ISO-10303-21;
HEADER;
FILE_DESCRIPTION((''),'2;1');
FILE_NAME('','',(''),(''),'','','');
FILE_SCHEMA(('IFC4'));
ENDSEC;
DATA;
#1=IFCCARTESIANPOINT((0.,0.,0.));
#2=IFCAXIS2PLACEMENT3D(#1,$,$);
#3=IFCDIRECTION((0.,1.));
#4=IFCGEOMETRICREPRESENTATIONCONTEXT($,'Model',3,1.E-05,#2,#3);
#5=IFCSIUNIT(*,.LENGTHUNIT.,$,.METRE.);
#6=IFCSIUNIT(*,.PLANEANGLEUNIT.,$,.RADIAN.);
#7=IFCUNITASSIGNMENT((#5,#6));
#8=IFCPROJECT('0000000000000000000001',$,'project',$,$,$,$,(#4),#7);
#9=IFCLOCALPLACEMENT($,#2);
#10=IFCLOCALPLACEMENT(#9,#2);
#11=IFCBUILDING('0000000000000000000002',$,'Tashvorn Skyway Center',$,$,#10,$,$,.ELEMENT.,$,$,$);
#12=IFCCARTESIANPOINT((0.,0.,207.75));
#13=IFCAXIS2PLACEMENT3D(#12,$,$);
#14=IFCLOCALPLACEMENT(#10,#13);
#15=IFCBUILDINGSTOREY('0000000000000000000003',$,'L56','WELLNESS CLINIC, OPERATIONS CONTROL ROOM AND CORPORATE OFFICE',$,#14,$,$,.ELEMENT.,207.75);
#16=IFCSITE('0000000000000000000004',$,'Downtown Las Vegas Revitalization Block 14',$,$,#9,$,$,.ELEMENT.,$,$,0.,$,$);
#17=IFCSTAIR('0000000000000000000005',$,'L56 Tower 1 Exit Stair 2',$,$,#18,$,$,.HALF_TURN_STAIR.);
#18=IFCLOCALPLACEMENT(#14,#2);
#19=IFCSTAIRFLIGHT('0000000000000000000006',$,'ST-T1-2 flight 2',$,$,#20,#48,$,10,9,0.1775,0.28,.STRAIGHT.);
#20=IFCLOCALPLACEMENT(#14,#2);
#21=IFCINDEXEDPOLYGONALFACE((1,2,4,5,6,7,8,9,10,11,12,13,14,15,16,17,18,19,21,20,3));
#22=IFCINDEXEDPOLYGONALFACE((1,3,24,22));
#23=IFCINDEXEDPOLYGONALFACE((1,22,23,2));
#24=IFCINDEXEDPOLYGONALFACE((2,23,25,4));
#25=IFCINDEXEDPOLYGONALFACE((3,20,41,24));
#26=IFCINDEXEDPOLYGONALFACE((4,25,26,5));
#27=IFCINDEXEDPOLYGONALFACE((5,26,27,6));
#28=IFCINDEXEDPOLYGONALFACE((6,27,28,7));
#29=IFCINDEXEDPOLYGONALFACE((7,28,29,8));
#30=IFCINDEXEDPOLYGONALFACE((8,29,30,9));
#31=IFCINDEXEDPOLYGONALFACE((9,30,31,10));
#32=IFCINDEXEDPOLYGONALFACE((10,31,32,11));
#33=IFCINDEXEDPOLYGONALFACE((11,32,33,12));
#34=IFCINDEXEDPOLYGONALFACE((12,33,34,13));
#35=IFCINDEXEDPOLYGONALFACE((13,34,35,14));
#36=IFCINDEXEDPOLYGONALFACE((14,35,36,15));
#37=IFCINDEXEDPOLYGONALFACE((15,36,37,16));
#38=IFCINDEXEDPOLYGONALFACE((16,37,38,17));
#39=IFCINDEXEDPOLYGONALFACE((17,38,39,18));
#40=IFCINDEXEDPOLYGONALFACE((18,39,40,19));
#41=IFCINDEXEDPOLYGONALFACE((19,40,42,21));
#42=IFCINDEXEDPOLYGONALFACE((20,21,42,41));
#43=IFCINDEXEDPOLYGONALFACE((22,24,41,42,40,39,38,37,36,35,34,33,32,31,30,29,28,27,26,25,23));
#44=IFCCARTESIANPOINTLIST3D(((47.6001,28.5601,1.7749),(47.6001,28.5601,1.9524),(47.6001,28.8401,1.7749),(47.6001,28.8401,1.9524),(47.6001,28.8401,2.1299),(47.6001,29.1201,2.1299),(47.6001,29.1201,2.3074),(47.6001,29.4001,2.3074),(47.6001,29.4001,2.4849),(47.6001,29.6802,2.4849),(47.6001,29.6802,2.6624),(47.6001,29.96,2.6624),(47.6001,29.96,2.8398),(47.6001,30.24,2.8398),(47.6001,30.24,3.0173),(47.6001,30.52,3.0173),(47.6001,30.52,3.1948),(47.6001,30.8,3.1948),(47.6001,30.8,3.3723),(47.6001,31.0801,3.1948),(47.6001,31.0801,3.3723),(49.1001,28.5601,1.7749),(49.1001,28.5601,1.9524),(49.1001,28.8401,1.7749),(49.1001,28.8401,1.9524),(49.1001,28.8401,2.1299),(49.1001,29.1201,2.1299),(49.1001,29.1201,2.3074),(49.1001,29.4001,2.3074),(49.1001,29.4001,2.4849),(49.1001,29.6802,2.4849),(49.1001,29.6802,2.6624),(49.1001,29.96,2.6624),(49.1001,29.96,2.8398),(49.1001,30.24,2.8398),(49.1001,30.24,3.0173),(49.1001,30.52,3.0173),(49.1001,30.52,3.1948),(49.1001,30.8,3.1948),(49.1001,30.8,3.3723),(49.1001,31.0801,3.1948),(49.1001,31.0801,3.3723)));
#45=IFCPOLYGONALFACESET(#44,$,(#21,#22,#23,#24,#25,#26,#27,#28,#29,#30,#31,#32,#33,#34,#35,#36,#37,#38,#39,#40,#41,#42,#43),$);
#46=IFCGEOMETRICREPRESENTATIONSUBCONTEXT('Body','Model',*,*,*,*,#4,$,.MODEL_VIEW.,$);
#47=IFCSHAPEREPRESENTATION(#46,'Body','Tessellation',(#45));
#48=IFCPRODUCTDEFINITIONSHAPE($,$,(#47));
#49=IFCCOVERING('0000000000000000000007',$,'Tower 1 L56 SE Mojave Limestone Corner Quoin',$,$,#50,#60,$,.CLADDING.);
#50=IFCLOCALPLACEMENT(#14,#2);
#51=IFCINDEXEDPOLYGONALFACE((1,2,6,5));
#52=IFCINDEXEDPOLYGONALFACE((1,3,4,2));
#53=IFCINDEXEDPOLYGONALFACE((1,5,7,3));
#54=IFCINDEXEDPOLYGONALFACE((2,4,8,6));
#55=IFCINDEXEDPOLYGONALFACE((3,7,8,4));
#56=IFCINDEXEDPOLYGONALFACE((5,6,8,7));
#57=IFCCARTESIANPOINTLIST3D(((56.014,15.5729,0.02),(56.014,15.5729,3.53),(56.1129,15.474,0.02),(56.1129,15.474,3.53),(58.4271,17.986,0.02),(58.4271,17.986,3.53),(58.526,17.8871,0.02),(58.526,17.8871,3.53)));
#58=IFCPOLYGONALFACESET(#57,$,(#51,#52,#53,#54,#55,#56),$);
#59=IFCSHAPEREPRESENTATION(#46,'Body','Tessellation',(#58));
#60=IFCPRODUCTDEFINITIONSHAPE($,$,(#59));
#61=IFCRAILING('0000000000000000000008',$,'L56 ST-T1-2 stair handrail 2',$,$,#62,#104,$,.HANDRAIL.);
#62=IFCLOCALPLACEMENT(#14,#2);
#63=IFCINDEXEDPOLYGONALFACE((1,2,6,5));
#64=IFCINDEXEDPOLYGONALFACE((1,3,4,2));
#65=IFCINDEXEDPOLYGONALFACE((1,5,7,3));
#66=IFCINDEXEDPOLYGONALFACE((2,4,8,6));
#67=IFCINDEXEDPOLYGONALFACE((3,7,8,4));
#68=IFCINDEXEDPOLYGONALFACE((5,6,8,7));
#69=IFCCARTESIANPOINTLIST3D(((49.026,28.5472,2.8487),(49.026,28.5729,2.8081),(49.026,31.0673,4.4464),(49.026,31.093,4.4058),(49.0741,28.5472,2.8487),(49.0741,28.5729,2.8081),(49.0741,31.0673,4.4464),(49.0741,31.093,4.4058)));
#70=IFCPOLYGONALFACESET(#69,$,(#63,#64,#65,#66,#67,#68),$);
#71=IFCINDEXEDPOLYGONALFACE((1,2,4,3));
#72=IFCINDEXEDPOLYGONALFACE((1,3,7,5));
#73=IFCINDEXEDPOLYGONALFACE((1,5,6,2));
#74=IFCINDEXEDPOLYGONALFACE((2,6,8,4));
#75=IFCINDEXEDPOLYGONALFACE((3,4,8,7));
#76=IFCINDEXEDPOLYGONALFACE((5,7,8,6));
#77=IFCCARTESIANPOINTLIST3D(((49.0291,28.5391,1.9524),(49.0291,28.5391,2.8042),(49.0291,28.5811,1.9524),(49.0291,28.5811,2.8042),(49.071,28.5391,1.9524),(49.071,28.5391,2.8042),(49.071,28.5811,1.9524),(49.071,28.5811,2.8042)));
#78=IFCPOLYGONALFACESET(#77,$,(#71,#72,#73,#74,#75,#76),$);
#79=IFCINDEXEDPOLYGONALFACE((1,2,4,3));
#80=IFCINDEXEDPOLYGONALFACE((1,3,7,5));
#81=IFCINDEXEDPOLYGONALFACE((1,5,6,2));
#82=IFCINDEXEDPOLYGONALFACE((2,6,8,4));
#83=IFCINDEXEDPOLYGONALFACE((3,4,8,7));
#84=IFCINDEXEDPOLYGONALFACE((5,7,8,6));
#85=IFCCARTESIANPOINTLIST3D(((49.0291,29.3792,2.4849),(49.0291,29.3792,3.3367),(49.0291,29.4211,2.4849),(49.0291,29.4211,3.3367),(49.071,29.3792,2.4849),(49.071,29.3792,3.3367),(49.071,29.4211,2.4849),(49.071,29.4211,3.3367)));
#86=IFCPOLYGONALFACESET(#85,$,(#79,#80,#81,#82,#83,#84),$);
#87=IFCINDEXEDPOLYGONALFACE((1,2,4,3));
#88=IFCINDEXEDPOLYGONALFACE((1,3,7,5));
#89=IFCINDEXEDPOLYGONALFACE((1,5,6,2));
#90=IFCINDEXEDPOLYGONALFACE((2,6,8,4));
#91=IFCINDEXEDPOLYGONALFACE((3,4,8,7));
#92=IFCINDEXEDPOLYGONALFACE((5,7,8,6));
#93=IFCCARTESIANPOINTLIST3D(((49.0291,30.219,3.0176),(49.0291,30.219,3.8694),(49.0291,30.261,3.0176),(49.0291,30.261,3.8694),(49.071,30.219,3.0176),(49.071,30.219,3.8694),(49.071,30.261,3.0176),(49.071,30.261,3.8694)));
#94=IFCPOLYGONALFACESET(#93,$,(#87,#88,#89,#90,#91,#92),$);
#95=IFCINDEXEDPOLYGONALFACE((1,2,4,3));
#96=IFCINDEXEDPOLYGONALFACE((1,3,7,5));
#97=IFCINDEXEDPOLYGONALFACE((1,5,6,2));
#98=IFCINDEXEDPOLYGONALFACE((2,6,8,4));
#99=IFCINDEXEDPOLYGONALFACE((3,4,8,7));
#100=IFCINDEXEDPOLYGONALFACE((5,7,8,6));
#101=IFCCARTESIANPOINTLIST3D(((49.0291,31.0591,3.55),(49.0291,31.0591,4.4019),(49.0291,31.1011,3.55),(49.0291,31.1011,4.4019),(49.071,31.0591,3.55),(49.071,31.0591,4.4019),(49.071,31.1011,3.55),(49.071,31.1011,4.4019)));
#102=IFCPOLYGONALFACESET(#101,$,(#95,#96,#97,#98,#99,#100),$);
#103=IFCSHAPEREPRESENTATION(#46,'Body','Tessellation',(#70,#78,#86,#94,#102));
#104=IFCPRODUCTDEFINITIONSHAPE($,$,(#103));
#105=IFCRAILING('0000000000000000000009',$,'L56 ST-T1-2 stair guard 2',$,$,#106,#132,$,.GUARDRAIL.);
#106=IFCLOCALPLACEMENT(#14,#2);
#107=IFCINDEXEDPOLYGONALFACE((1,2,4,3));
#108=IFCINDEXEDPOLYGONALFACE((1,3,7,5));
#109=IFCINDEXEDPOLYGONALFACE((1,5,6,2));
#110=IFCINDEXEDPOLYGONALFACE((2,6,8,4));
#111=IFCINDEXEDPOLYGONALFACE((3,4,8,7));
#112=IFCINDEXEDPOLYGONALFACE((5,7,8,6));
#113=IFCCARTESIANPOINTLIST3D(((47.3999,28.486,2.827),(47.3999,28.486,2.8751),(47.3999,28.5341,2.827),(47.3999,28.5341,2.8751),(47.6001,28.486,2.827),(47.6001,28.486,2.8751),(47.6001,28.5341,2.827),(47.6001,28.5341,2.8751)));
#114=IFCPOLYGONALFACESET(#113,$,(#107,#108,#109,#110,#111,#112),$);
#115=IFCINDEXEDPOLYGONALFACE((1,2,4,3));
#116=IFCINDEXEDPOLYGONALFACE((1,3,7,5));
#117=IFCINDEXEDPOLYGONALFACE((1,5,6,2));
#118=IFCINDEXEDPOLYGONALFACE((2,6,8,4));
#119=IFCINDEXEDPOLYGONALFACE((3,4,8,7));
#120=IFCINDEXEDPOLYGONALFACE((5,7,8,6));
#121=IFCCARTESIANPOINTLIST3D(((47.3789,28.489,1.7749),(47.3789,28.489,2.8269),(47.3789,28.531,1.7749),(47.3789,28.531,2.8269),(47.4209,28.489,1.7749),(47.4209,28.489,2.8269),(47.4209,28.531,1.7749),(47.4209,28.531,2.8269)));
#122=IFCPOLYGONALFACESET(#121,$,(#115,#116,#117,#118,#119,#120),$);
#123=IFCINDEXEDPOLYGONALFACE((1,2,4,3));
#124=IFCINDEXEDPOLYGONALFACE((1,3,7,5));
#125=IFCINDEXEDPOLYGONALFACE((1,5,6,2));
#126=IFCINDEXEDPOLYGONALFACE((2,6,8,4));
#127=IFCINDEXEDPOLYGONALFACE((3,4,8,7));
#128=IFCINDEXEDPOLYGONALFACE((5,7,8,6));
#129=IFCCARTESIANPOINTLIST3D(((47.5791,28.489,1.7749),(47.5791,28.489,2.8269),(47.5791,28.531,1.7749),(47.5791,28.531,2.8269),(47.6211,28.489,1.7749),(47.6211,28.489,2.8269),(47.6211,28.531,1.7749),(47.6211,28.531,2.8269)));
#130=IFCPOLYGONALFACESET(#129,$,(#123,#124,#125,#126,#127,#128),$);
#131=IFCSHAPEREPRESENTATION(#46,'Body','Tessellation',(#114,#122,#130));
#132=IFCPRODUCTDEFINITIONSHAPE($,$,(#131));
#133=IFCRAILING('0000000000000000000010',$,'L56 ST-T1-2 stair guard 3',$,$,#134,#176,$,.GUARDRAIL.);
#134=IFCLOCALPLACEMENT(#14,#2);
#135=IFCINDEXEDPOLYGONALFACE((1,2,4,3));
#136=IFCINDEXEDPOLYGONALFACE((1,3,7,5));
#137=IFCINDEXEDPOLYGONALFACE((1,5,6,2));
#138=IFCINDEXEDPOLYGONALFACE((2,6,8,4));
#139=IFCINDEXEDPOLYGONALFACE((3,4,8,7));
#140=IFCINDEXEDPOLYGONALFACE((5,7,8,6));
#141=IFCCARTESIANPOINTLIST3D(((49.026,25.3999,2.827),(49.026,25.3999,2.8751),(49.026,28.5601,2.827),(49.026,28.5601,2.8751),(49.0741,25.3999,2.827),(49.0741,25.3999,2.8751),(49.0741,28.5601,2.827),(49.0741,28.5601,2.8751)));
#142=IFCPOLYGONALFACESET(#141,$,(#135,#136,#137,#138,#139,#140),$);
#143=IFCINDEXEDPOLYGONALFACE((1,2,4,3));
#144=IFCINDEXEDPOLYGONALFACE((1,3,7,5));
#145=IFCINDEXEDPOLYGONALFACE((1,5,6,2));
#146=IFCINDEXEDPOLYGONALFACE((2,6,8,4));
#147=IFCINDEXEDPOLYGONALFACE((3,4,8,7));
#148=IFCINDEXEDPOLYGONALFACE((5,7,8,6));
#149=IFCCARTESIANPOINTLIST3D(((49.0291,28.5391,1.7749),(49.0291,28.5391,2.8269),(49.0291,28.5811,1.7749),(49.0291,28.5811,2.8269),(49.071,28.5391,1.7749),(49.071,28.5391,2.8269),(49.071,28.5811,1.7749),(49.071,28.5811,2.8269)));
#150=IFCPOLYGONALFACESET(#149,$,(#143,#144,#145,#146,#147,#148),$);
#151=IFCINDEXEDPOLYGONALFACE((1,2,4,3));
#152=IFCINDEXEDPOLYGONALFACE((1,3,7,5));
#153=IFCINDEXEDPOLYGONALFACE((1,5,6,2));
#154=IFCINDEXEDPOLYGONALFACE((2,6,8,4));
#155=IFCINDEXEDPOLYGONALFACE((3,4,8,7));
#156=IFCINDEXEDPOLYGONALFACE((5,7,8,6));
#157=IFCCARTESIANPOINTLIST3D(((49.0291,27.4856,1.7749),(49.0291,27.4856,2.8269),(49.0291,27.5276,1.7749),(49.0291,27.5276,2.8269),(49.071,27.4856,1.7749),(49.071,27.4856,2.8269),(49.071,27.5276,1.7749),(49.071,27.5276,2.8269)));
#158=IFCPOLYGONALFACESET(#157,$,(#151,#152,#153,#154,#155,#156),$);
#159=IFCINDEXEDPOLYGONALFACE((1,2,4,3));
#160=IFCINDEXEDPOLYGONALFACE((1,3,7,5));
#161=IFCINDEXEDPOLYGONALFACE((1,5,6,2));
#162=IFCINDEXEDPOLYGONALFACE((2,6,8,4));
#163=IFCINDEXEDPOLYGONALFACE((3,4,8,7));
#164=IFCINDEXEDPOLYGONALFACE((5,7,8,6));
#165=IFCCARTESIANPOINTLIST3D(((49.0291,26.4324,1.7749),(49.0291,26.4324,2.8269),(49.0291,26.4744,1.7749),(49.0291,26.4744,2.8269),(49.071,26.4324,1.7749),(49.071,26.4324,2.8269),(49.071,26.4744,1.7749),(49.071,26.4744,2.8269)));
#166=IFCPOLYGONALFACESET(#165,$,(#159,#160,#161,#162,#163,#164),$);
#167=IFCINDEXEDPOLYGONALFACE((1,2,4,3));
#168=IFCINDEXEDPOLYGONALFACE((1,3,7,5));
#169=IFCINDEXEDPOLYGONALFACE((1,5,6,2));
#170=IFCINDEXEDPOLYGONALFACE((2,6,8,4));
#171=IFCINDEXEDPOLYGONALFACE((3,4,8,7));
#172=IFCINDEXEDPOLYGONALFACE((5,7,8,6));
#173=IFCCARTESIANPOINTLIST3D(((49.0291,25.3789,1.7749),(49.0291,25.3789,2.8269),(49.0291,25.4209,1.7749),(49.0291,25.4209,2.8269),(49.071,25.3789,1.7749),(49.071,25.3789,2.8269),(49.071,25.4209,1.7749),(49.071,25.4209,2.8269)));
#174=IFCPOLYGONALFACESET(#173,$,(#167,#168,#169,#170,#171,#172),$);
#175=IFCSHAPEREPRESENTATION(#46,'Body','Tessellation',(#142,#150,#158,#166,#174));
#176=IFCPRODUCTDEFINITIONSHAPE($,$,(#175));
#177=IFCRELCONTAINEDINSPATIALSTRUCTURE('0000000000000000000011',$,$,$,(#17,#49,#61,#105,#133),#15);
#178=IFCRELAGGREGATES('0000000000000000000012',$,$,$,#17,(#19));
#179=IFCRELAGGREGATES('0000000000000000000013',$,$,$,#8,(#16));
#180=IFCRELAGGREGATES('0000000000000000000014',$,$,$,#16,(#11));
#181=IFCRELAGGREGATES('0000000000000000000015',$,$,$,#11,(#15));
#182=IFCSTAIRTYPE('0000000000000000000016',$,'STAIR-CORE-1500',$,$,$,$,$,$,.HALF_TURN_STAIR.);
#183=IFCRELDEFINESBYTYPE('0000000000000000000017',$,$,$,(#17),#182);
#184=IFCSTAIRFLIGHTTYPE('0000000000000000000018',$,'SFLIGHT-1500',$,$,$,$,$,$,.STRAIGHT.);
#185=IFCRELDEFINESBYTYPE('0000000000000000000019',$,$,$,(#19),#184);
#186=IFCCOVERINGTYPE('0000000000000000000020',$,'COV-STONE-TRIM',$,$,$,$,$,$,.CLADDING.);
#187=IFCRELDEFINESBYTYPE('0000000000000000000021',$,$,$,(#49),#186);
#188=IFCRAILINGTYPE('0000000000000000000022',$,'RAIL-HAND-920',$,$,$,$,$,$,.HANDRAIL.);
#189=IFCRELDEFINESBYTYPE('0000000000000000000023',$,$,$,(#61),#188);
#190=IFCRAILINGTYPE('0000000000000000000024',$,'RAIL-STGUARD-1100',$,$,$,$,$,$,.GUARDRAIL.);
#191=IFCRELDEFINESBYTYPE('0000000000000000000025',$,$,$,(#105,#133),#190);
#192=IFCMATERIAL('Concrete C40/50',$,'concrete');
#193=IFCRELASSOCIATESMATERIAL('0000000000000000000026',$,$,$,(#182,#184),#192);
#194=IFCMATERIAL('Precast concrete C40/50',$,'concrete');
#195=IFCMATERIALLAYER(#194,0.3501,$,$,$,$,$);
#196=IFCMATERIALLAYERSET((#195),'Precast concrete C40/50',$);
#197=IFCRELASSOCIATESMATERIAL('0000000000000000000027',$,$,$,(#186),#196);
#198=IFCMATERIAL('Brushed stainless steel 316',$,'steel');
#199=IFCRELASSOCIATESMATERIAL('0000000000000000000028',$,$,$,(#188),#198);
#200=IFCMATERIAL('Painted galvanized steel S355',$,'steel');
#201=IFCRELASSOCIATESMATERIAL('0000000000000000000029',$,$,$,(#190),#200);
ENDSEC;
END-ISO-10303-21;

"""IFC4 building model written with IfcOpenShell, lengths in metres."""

from ifc_helpers import new_model, si_unit, direction, frame, origin, origin_2d, place, context, subcontext, project, spatial, polyline, rectangle, outline, extrude, material, layer, layer_set, type_object, element, aggregate, save


model = new_model("IFC4")

# Units and contexts
model_context = context("Model", 3, precision=1e-05, world=origin(), true_north=direction((0.0, 1.0)))
body_context = subcontext(model_context, "Body", "Model", "MODEL_VIEW")
ifc_project = project(units=[si_unit("LENGTHUNIT", "METRE"), si_unit("PLANEANGLEUNIT", "RADIAN")], contexts=[model_context])

# Site, building, storey
site_placement = place(None, origin())
site = spatial("IfcSite", under=ifc_project, at=site_placement, Name="Downtown Las Vegas Revitalization Block 14", CompositionType="ELEMENT", RefElevation=0.0)
building_placement = place(site_placement, origin())
building = spatial("IfcBuilding", under=site, at=building_placement, Name="Tashvorn Skyway Center", CompositionType="ELEMENT")
storey_placement = place(building_placement, frame((0.0, 0.0, 207.75)))
storey = spatial("IfcBuildingStorey", under=building, at=storey_placement, Name="L56", Description="WELLNESS CLINIC, OPERATIONS CONTROL ROOM AND CORPORATE OFFICE", CompositionType="ELEMENT", Elevation=207.75)

# Stair, stair flight
ifc_material_1 = material(Name="Concrete C40/50", Category="concrete")
stair_type = type_object("IfcStairType", Name="STAIR-CORE-1500", PredefinedType="HALF_TURN_STAIR", material=ifc_material_1)
stair_placement = place(storey_placement, origin())
stair = element("IfcStair", 1, at=stair_placement, inside=storey, type_object=stair_type, Name="L56 Tower 1 Exit Stair 2", PredefinedType="HALF_TURN_STAIR")
stair_flight_type = type_object("IfcStairFlightType", Name="SFLIGHT-1500", PredefinedType="STRAIGHT", material=ifc_material_1)
stair_flight_placement = place(storey_placement, frame((48.3501, 28.5601, 1.7749), z_axis=(0.0, 0.0, 1.0), x_axis=(0.0, 1.0, 0.0)))
stair_flight = element("IfcStairFlight", 2, at=stair_flight_placement, type_object=stair_flight_type, Name="ST-T1-2 flight 2", NumberOfRisers=10, NumberOfTreads=9, PredefinedType="STRAIGHT", RiserHeight=0.1775, TreadLength=0.28, context=body_context, shape_type="SweptSolid", body=[
    extrude(outline(polyline([(0.0, 0.0), (0.0, 0.1775), (0.28, 0.1775), (0.28, 0.355), (0.5601, 0.355), (0.5601, 0.5325), (0.8401, 0.5325), (0.8401, 0.71), (1.1201, 0.71), (1.1201, 0.8875), (1.3999, 0.8875), (1.3999, 1.0649), (1.6799, 1.0649), (1.6799, 1.2424), (1.96, 1.2424), (1.96, 1.4199), (2.24, 1.4199), (2.24, 1.5974), (2.52, 1.5974), (2.52, 1.7749), (2.52, 1.4199), (0.28, 0.0), (0.0, 0.0)])), frame((0.0, 0.75, 0.0), z_axis=(0.0, -1.0, 0.0), x_axis=(1.0, 0.0, 0.0)), (0.0, 0.0, 1.0), 1.5),
])
aggregate(stair, [stair_flight])

# Covering
ifc_material_2 = material(Name="Precast concrete C40/50", Category="concrete")
ifc_layer_1 = layer(ifc_material_2, 0.3501)
ifc_layer_set_1 = layer_set([ifc_layer_1], Name="Precast concrete C40/50")
covering_type = type_object("IfcCoveringType", Name="COV-STONE-TRIM", PredefinedType="CLADDING", material=ifc_layer_set_1)
covering_placement = place(storey_placement, frame((57.27, 16.73, 0.02), z_axis=(0.0, 0.0, 1.0), x_axis=(0.707107, 0.707107, 0.0)))
element("IfcCovering", 3, at=covering_placement, inside=storey, type_object=covering_type, Name="Tower 1 L56 SE Mojave Limestone Corner Quoin", PredefinedType="CLADDING", context=body_context, shape_type="SweptSolid", body=[
    extrude(rectangle(XDim=3.4126, YDim=0.1399, at=origin_2d()), origin(), (0.0, 0.0, 1.0), 3.51),
])

# Railings
ifc_material_3 = material(Name="Brushed stainless steel 316", Category="steel")
railing_type_1 = type_object("IfcRailingType", Name="RAIL-HAND-920", PredefinedType="HANDRAIL", material=ifc_material_3)
railing_1_placement = place(storey_placement, frame((49.05, 28.5601, 1.9524)))
element("IfcRailing", 4, at=railing_1_placement, inside=storey, type_object=railing_type_1, Name="L56 ST-T1-2 stair handrail 2", PredefinedType="HANDRAIL", context=body_context, shape_type="SweptSolid", body=[
    extrude(rectangle(XDim=0.0481, YDim=0.0481, at=origin_2d()), frame((0.0, 0.0, 0.876), z_axis=(0.0, 0.84457, 0.535445), x_axis=(-1.0, 0.0, 0.0)), (0.0, 0.0, 1.0), 2.9839),
    extrude(rectangle(XDim=0.042, YDim=0.042, at=origin_2d()), origin(), (0.0, 0.0, 1.0), 0.8518),
    extrude(rectangle(XDim=0.042, YDim=0.042, at=origin_2d()), frame((0.0, 0.8401, 0.5325)), (0.0, 0.0, 1.0), 0.8518),
    extrude(rectangle(XDim=0.042, YDim=0.042, at=origin_2d()), frame((0.0, 1.6799, 1.0652)), (0.0, 0.0, 1.0), 0.8518),
    extrude(rectangle(XDim=0.042, YDim=0.042, at=origin_2d()), frame((0.0, 2.52, 1.5977)), (0.0, 0.0, 1.0), 0.8518),
])
ifc_material_4 = material(Name="Painted galvanized steel S355", Category="steel")
railing_type_2 = type_object("IfcRailingType", Name="RAIL-STGUARD-1100", PredefinedType="GUARDRAIL", material=ifc_material_4)
railing_2_placement = place(storey_placement, frame((47.3999, 28.51, 1.7749)))
element("IfcRailing", 5, at=railing_2_placement, inside=storey, type_object=railing_type_2, Name="L56 ST-T1-2 stair guard 2", PredefinedType="GUARDRAIL", context=body_context, shape_type="SweptSolid", body=[
    extrude(rectangle(XDim=0.0481, YDim=0.0481, at=origin_2d()), frame((0.0, 0.0, 1.0762), z_axis=(1.0, 0.0, 0.0), x_axis=(0.0, 1.0, 0.0)), (0.0, 0.0, 1.0), 0.2002),
    extrude(rectangle(XDim=0.042, YDim=0.042, at=origin_2d()), origin(), (0.0, 0.0, 1.0), 1.052),
    extrude(rectangle(XDim=0.042, YDim=0.042, at=origin_2d()), frame((0.2002, 0.0, 0.0)), (0.0, 0.0, 1.0), 1.052),
])
railing_3_placement = place(storey_placement, frame((49.05, 28.5601, 1.7749)))
element("IfcRailing", 6, at=railing_3_placement, inside=storey, type_object=railing_type_2, Name="L56 ST-T1-2 stair guard 3", PredefinedType="GUARDRAIL", context=body_context, shape_type="SweptSolid", body=[
    extrude(rectangle(XDim=0.0481, YDim=0.0481, at=origin_2d()), frame((0.0, 0.0, 1.0762), z_axis=(0.0, -1.0, 0.0), x_axis=(1.0, 0.0, 0.0)), (0.0, 0.0, 1.0), 3.1602),
    extrude(rectangle(XDim=0.042, YDim=0.042, at=origin_2d()), origin(), (0.0, 0.0, 1.0), 1.052),
    extrude(rectangle(XDim=0.042, YDim=0.042, at=origin_2d()), frame((0.0, -1.0535, 0.0)), (0.0, 0.0, 1.0), 1.052),
    extrude(rectangle(XDim=0.042, YDim=0.042, at=origin_2d()), frame((0.0, -2.1067, 0.0)), (0.0, 0.0, 1.0), 1.052),
    extrude(rectangle(XDim=0.042, YDim=0.042, at=origin_2d()), frame((0.0, -3.1602, 0.0)), (0.0, 0.0, 1.0), 1.052),
])

save(model, "model.ifc")
